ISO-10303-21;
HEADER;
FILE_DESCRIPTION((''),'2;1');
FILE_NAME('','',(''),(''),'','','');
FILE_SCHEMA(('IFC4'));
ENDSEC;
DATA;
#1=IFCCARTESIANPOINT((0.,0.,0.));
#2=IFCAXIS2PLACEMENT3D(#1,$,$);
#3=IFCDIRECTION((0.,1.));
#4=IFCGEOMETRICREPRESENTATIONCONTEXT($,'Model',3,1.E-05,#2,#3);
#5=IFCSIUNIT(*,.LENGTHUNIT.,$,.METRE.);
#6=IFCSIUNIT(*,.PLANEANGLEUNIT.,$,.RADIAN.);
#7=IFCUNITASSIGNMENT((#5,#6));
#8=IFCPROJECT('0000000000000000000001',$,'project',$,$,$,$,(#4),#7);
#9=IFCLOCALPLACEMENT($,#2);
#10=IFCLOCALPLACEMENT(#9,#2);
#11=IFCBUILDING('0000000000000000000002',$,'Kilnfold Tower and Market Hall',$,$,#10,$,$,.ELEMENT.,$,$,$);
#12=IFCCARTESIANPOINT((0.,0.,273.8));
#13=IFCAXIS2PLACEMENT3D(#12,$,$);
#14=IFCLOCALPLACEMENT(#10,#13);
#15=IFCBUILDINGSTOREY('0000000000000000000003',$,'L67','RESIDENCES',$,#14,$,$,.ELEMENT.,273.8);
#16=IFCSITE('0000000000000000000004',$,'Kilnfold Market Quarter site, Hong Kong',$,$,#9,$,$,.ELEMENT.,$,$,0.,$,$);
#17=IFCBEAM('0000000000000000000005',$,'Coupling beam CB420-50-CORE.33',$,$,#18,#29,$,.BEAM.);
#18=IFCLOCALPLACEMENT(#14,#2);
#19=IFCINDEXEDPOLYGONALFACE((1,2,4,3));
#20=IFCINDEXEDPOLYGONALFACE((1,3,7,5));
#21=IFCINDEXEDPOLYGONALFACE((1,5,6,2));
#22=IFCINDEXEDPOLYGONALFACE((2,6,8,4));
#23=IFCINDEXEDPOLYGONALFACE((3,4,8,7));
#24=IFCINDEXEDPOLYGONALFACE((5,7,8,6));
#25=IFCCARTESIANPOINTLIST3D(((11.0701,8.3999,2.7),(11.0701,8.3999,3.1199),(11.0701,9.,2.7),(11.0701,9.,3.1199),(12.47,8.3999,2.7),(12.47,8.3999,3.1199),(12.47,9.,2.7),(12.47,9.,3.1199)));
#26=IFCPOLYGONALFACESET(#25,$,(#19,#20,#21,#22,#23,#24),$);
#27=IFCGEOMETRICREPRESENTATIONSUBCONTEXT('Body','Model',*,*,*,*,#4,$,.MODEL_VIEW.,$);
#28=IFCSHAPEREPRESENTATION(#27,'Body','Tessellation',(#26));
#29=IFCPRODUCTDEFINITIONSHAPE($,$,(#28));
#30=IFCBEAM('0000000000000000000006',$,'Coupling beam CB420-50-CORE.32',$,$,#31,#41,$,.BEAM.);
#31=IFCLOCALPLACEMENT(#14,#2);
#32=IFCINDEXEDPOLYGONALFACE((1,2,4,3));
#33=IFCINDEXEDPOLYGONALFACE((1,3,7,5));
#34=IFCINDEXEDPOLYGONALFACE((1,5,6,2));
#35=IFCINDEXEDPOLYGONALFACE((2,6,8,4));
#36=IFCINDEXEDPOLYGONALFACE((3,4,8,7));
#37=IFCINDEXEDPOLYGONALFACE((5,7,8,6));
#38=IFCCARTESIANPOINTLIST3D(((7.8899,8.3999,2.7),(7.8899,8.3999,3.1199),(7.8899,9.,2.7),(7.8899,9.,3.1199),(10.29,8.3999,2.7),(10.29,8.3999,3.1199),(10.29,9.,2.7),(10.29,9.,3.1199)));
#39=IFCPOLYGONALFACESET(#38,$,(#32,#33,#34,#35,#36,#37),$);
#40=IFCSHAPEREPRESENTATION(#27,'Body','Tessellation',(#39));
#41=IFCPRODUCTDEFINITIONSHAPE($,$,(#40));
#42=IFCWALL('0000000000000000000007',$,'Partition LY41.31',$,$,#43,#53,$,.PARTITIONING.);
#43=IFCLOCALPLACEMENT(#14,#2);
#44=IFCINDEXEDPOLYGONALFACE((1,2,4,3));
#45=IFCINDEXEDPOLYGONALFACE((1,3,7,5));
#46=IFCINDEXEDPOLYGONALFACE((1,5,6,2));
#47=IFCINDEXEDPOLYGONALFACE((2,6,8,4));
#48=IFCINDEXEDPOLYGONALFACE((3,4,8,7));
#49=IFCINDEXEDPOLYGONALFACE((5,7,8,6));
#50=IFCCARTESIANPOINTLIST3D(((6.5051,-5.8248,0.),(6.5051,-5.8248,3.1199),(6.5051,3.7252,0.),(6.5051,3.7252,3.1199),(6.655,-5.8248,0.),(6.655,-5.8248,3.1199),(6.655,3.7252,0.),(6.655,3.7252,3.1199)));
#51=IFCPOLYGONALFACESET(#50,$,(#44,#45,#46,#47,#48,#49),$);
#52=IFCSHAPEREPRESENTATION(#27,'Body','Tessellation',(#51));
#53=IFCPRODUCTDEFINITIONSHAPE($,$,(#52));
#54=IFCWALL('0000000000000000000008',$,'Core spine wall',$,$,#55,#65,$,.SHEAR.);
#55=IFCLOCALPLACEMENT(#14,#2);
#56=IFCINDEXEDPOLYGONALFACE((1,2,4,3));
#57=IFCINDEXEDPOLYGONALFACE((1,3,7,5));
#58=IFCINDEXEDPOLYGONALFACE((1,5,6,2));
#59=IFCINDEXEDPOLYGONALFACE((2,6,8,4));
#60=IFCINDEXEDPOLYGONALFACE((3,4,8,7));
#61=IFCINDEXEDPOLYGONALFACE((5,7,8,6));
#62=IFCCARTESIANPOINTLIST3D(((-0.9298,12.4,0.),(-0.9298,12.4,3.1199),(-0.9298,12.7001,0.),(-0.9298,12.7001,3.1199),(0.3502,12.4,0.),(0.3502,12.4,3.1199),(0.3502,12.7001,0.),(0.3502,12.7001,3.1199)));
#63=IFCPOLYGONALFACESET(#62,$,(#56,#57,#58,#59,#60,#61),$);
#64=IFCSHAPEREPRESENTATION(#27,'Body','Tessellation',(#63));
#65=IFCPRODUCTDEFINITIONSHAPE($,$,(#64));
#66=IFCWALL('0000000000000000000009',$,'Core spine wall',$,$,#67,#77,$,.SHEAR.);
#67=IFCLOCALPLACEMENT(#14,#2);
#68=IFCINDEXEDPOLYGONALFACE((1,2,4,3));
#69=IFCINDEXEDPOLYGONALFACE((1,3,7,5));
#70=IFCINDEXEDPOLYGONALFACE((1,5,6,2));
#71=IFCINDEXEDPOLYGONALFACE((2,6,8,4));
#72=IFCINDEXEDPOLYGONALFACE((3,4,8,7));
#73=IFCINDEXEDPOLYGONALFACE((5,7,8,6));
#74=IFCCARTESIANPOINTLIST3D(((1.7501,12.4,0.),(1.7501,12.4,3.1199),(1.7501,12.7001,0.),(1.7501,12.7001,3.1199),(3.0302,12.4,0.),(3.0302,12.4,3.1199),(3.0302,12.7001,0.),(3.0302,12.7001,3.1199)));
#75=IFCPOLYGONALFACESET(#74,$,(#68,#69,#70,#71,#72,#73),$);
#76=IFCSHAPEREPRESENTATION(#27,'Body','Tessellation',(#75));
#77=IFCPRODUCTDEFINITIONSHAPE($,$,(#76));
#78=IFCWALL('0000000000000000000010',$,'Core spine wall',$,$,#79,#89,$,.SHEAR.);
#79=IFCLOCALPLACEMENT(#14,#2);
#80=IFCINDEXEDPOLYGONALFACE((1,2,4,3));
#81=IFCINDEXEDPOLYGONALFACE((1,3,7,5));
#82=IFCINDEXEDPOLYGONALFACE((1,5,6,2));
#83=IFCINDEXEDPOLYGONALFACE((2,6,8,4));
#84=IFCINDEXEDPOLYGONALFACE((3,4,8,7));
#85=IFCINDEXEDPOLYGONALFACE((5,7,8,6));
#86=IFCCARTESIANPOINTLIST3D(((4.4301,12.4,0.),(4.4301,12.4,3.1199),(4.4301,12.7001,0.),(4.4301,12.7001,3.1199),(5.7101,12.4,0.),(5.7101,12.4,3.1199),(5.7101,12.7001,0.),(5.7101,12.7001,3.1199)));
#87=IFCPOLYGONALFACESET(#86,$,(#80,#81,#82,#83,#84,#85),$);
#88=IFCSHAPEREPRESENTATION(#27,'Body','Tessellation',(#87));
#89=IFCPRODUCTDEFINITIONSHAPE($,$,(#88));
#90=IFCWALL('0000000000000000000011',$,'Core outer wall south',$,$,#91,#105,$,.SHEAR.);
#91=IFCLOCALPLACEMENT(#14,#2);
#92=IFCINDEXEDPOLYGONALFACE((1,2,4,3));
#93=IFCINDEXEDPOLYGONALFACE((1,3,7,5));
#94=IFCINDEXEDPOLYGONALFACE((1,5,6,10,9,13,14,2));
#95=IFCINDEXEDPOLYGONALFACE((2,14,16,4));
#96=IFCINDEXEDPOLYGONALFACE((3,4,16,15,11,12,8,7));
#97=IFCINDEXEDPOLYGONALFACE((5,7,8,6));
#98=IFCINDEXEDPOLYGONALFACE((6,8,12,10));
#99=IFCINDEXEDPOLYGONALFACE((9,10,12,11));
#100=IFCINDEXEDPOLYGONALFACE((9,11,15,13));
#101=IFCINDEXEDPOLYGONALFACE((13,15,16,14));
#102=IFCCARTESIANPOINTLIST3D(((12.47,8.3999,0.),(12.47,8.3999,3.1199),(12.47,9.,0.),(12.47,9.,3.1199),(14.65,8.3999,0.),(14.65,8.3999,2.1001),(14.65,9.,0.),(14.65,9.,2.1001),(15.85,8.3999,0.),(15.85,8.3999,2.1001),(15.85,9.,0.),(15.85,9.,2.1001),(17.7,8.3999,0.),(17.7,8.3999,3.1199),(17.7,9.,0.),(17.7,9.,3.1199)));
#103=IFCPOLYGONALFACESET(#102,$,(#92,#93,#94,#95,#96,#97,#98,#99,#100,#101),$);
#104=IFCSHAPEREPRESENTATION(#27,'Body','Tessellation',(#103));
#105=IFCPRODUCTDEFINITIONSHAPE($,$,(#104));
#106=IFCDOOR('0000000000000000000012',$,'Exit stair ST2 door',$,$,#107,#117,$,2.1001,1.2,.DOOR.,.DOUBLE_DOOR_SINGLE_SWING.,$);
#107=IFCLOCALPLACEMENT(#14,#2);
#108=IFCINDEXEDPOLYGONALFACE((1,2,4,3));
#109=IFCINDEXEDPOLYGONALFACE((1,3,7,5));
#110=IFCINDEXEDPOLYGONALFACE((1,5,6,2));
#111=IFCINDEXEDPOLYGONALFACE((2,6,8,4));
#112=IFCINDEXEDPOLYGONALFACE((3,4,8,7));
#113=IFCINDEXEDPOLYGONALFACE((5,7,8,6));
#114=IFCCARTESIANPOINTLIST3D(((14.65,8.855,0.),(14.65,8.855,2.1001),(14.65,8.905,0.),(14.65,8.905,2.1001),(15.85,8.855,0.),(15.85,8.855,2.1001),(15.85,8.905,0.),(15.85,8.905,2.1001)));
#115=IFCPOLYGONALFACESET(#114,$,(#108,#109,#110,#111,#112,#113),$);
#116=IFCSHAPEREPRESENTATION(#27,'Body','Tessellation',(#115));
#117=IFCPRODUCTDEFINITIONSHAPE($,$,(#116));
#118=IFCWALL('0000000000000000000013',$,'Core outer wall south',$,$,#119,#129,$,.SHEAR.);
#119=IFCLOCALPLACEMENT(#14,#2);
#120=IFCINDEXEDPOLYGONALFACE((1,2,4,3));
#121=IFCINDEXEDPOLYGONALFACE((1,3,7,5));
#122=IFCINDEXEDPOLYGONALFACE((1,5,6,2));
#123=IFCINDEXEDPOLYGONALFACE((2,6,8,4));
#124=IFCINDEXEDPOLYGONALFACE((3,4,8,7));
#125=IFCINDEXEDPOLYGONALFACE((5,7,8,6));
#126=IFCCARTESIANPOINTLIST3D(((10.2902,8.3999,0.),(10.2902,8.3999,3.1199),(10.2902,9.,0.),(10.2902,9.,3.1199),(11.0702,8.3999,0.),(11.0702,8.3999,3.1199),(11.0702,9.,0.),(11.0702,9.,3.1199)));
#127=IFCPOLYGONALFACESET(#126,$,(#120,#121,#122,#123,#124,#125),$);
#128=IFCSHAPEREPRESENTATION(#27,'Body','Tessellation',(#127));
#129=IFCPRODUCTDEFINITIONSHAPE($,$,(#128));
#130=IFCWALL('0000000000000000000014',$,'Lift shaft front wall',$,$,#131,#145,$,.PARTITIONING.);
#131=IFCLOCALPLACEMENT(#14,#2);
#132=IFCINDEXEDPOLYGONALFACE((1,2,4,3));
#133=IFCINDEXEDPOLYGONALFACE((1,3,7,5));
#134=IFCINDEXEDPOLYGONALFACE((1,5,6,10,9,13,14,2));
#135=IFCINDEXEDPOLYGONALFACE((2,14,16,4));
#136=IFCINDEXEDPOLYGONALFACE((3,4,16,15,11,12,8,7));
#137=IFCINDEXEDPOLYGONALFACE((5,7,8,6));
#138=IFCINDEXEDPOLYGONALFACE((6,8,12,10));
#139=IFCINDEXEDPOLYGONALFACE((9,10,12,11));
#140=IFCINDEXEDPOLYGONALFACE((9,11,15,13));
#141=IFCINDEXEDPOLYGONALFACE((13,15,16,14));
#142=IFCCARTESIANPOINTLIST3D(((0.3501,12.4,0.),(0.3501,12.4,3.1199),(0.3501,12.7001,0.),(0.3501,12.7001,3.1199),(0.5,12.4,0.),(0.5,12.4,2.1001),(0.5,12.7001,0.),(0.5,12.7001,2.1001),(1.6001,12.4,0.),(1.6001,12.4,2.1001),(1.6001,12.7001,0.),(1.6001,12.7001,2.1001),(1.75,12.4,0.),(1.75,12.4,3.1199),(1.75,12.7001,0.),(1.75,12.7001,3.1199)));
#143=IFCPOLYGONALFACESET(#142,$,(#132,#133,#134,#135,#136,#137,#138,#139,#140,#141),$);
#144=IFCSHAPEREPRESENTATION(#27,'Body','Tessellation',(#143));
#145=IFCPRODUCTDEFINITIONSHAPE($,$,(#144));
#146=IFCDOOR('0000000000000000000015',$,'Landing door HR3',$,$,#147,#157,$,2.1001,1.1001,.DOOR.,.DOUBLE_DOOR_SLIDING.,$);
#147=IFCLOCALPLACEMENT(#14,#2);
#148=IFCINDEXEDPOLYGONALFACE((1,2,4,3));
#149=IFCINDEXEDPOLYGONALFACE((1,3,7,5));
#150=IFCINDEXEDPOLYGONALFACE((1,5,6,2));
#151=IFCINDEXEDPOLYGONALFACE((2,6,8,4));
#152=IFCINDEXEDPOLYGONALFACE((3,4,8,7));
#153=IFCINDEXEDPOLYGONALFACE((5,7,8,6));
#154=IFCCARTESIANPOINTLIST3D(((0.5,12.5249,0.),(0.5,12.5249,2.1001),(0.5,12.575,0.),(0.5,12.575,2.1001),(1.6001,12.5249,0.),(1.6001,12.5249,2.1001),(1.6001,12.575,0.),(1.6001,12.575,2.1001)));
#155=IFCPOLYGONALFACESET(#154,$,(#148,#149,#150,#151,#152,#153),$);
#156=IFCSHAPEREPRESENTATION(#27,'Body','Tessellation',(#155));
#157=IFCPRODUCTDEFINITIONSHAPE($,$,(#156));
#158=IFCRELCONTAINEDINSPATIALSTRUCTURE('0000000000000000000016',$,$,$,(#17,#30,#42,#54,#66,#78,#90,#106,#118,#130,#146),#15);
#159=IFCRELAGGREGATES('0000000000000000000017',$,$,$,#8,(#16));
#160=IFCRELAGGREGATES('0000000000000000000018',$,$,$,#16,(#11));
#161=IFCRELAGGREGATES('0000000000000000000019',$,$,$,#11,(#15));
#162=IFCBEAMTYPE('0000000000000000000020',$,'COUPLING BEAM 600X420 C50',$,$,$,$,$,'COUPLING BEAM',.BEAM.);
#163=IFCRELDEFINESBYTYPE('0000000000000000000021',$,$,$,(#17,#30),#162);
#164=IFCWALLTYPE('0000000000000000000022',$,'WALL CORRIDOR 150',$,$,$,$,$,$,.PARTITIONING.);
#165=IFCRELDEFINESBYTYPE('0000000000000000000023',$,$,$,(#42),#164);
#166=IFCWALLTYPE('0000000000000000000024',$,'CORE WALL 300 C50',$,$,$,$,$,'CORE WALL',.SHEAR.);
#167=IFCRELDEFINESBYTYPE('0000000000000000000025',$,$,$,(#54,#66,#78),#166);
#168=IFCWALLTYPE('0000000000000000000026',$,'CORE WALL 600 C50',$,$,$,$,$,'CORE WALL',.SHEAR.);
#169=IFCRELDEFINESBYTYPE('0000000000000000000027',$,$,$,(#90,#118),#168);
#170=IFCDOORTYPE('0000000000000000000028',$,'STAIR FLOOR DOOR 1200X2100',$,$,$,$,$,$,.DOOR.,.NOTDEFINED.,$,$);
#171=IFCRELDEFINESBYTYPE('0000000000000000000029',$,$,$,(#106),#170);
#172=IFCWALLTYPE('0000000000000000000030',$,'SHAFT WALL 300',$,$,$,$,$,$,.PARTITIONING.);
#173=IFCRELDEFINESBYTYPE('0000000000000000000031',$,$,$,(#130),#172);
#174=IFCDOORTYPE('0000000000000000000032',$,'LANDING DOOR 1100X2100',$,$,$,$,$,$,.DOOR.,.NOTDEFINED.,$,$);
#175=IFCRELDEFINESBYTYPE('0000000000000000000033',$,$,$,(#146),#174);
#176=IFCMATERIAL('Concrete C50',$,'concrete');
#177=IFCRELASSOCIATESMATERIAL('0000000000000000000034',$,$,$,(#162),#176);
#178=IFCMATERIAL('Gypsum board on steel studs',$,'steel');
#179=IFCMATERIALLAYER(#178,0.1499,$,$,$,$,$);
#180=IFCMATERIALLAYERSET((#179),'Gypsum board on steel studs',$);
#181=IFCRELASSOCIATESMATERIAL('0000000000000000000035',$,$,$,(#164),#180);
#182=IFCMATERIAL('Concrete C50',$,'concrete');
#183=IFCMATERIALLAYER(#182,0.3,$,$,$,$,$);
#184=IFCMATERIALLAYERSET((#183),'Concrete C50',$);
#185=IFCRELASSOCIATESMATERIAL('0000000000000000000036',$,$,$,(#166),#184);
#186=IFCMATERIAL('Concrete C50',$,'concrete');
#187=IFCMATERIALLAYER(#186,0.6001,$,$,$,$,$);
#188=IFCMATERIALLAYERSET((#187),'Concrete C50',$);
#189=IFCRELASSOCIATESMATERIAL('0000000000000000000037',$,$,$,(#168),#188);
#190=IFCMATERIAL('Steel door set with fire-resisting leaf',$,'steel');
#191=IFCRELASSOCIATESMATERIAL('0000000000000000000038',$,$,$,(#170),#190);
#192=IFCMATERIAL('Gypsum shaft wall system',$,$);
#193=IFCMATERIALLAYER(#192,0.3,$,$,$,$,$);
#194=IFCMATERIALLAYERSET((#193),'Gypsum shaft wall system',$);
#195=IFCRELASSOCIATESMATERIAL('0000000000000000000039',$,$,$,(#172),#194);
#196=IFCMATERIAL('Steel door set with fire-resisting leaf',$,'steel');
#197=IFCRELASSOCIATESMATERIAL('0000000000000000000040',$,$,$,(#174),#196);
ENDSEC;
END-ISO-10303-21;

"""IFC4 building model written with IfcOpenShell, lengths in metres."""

from ifc_helpers import new_model, si_unit, direction, frame, frame_2d, origin, origin_2d, place, context, subcontext, project, spatial, rectangle, extrude, source, transform, mapped, material, layer, layer_set, material_profile, profile_set, type_object, element, fill, save


model = new_model("IFC4")

# Units and contexts
model_context = context("Model", 3, precision=1e-05, world=origin(), true_north=direction((0.0, 1.0)))
body_context = subcontext(model_context, "Body", "Model", "MODEL_VIEW")
ifc_project = project(units=[si_unit("LENGTHUNIT", "METRE"), si_unit("PLANEANGLEUNIT", "RADIAN")], contexts=[model_context])

# Site, building, storey
site_placement = place(None, origin())
site = spatial("IfcSite", under=ifc_project, at=site_placement, Name="Kilnfold Market Quarter site, Hong Kong", CompositionType="ELEMENT", RefElevation=0.0)
building_placement = place(site_placement, origin())
building = spatial("IfcBuilding", under=site, at=building_placement, Name="Kilnfold Tower and Market Hall", CompositionType="ELEMENT")
storey_placement = place(building_placement, frame((0.0, 0.0, 273.8)))
storey = spatial("IfcBuildingStorey", under=building, at=storey_placement, Name="L67", Description="RESIDENCES", CompositionType="ELEMENT", Elevation=273.8)

# Beams
ifc_material_1 = material(Name="Concrete C50", Category="concrete")
ifc_material_profile = material_profile(ifc_material_1, rectangle(XDim=0.6001, YDim=0.4199, at=origin_2d()), Name="RC 600x420")
ifc_profile_set = profile_set([ifc_material_profile], Name="Concrete C50")
beam_type = type_object("IfcBeamType", Name="COUPLING BEAM 600X420 C50", ElementType="COUPLING BEAM", PredefinedType="BEAM", material=ifc_profile_set)
shared_shape_1 = source(origin(), body_context, "Body", "SweptSolid", [
    extrude(rectangle(XDim=0.6001, YDim=0.4199, at=origin_2d()), origin(), (0.0, 0.0, 1.0), 1.3999),
])
beam_1_placement = place(storey_placement, frame((11.0701, 8.7, 2.9099), z_axis=(1.0, 0.0, 0.0), x_axis=(0.0, 1.0, 0.0)))
element("IfcBeam", 1, at=beam_1_placement, inside=storey, type_object=beam_type, Name="Coupling beam CB420-50-CORE.33", PredefinedType="BEAM", context=body_context, shape_type="MappedRepresentation", body=[
    mapped(shared_shape_1, transform((0.0, 0.0, 0.0))),
])
shared_shape_2 = source(origin(), body_context, "Body", "SweptSolid", [
    extrude(rectangle(XDim=0.6001, YDim=0.4199, at=origin_2d()), origin(), (0.0, 0.0, 1.0), 2.4001),
])
beam_2_placement = place(storey_placement, frame((7.8899, 8.7, 2.9099), z_axis=(1.0, 0.0, 0.0), x_axis=(0.0, 1.0, 0.0)))
element("IfcBeam", 2, at=beam_2_placement, inside=storey, type_object=beam_type, Name="Coupling beam CB420-50-CORE.32", PredefinedType="BEAM", context=body_context, shape_type="MappedRepresentation", body=[
    mapped(shared_shape_2, transform((0.0, 0.0, 0.0))),
])

# Walls
ifc_material_2 = material(Name="Gypsum board on steel studs", Category="steel")
ifc_layer_1 = layer(ifc_material_2, 0.1499)
ifc_layer_set_1 = layer_set([ifc_layer_1], Name="Gypsum board on steel studs")
wall_type_1 = type_object("IfcWallType", Name="WALL CORRIDOR 150", PredefinedType="PARTITIONING", material=ifc_layer_set_1)
wall_1_placement = place(storey_placement, frame((6.5801, 3.7251, 0.0), z_axis=(0.0, 0.0, 1.0), x_axis=(0.0, -1.0, 0.0)))
element("IfcWall", 3, at=wall_1_placement, inside=storey, type_object=wall_type_1, Name="Partition LY41.31", PredefinedType="PARTITIONING", context=body_context, shape_type="SweptSolid", body=[
    extrude(rectangle(XDim=9.55, YDim=0.1499, at=frame_2d((4.7749, 0.0))), origin(), (0.0, 0.0, 1.0), 3.1199),
])
ifc_material_3 = material(Name="Concrete C50", Category="concrete")
ifc_layer_2 = layer(ifc_material_3, 0.3)
ifc_layer_set_2 = layer_set([ifc_layer_2], Name="Concrete C50")
wall_type_2 = type_object("IfcWallType", Name="CORE WALL 300 C50", ElementType="CORE WALL", PredefinedType="SHEAR", material=ifc_layer_set_2)
shared_shape_3 = source(origin(), body_context, "Body", "SweptSolid", [
    extrude(rectangle(XDim=1.28, YDim=0.3, at=frame_2d((0.6401, 0.0))), origin(), (0.0, 0.0, 1.0), 3.1199),
])
for number, where, z_axis, x_axis, name in (
    (4, (-0.9299, 12.55, 0.0), (0.0, 0.0, 1.0), (1.0, 0.0, 0.0), "Core spine wall"),
    (5, (1.75, 12.55, 0.0), (0.0, 0.0, 1.0), (1.0, 0.0, 0.0), "Core spine wall"),
    (6, (4.4299, 12.55, 0.0), (0.0, 0.0, 1.0), (1.0, 0.0, 0.0), "Core spine wall"),
):
    element("IfcWall", number, at=place(storey_placement, frame(where, z_axis=z_axis, x_axis=x_axis)), inside=storey, type_object=wall_type_2, Name=name, PredefinedType="SHEAR", context=body_context, shape_type="MappedRepresentation", body=[
        mapped(shared_shape_3, transform((0.0, 0.0, 0.0))),
    ])

# Wall, opening, door
ifc_material_4 = material(Name="Concrete C50", Category="concrete")
ifc_layer_3 = layer(ifc_material_4, 0.6001)
ifc_layer_set_3 = layer_set([ifc_layer_3], Name="Concrete C50")
wall_type_3 = type_object("IfcWallType", Name="CORE WALL 600 C50", ElementType="CORE WALL", PredefinedType="SHEAR", material=ifc_layer_set_3)
shared_shape_4 = source(origin(), body_context, "Body", "SweptSolid", [
    extrude(rectangle(XDim=5.23, YDim=0.6001, at=frame_2d((2.615, 0.0))), origin(), (0.0, 0.0, 1.0), 3.1199),
])
wall_2_placement = place(storey_placement, frame((12.47, 8.7, 0.0), z_axis=(0.0, 0.0, 1.0), x_axis=(1.0, 0.0, 0.0)))
wall_2 = element("IfcWall", 7, at=wall_2_placement, inside=storey, type_object=wall_type_3, Name="Core outer wall south", PredefinedType="SHEAR", context=body_context, shape_type="MappedRepresentation", body=[
    mapped(shared_shape_4, transform((0.0, 0.0, 0.0))),
])
opening_1_placement = place(wall_2_placement, frame((2.1799, 0.0, 0.0)))
opening_1 = element("IfcOpeningElement", 8, at=opening_1_placement, cuts=wall_2, PredefinedType="OPENING", context=body_context, shape_type="SweptSolid", body=[
    extrude(rectangle(XDim=1.2, YDim=2.1001, at=frame_2d((0.6001, 1.05))), frame((0.0, 0.3101, 0.0), z_axis=(0.0, -1.0, 0.0), x_axis=(1.0, 0.0, 0.0)), (0.0, 0.0, 1.0), 0.6201),
])
ifc_material_5 = material(Name="Steel door set with fire-resisting leaf", Category="steel")
door_type_1 = type_object("IfcDoorType", Name="STAIR FLOOR DOOR 1200X2100", OperationType="NOTDEFINED", PredefinedType="DOOR", material=ifc_material_5)
door_1_placement = place(opening_1_placement, origin())
door_1 = element("IfcDoor", 9, at=door_1_placement, inside=storey, type_object=door_type_1, Name="Exit stair ST2 door", OperationType="DOUBLE_DOOR_SINGLE_SWING", OverallHeight=2.1001, OverallWidth=1.2, PredefinedType="DOOR", context=body_context, shape_type="SweptSolid", body=[
    extrude(rectangle(XDim=1.2, YDim=2.1001, at=frame_2d((0.6001, 1.05))), frame((0.0, 0.2051, 0.0), z_axis=(0.0, -1.0, 0.0), x_axis=(1.0, 0.0, 0.0)), (0.0, 0.0, 1.0), 0.05),
])
fill(opening_1, door_1)

# Wall
shared_shape_5 = source(origin(), body_context, "Body", "SweptSolid", [
    extrude(rectangle(XDim=0.78, YDim=0.6001, at=frame_2d((0.3901, 0.0))), origin(), (0.0, 0.0, 1.0), 3.1199),
])
wall_3_placement = place(storey_placement, frame((10.29, 8.7, 0.0), z_axis=(0.0, 0.0, 1.0), x_axis=(1.0, 0.0, 0.0)))
element("IfcWall", 10, at=wall_3_placement, inside=storey, type_object=wall_type_3, Name="Core outer wall south", PredefinedType="SHEAR", context=body_context, shape_type="MappedRepresentation", body=[
    mapped(shared_shape_5, transform((0.0, 0.0, 0.0))),
])

# Wall, opening, door
ifc_material_6 = material(Name="Gypsum shaft wall system")
ifc_layer_4 = layer(ifc_material_6, 0.3)
ifc_layer_set_4 = layer_set([ifc_layer_4], Name="Gypsum shaft wall system")
wall_type_4 = type_object("IfcWallType", Name="SHAFT WALL 300", PredefinedType="PARTITIONING", material=ifc_layer_set_4)
shared_shape_6 = source(origin(), body_context, "Body", "SweptSolid", [
    extrude(rectangle(XDim=1.3999, YDim=0.3, at=frame_2d((0.7, 0.0))), origin(), (0.0, 0.0, 1.0), 3.1199),
])
wall_4_placement = place(storey_placement, frame((0.3501, 12.55, 0.0), z_axis=(0.0, 0.0, 1.0), x_axis=(1.0, 0.0, 0.0)))
wall_4 = element("IfcWall", 11, at=wall_4_placement, inside=storey, type_object=wall_type_4, Name="Lift shaft front wall", PredefinedType="PARTITIONING", context=body_context, shape_type="MappedRepresentation", body=[
    mapped(shared_shape_6, transform((0.0, 0.0, 0.0))),
])
opening_2_placement = place(wall_4_placement, frame((0.1499, 0.0, 0.0)))
opening_2 = element("IfcOpeningElement", 12, at=opening_2_placement, cuts=wall_4, PredefinedType="OPENING", context=body_context, shape_type="SweptSolid", body=[
    extrude(rectangle(XDim=1.1001, YDim=2.1001, at=frame_2d((0.55, 1.05))), frame((0.0, 0.1602, 0.0), z_axis=(0.0, -1.0, 0.0), x_axis=(1.0, 0.0, 0.0)), (0.0, 0.0, 1.0), 0.3201),
])
ifc_material_7 = material(Name="Steel door set with fire-resisting leaf", Category="steel")
door_type_2 = type_object("IfcDoorType", Name="LANDING DOOR 1100X2100", OperationType="NOTDEFINED", PredefinedType="DOOR", material=ifc_material_7)
door_2_placement = place(opening_2_placement, origin())
door_2 = element("IfcDoor", 13, at=door_2_placement, inside=storey, type_object=door_type_2, Name="Landing door HR3", OperationType="DOUBLE_DOOR_SLIDING", OverallHeight=2.1001, OverallWidth=1.1001, PredefinedType="DOOR", context=body_context, shape_type="SweptSolid", body=[
    extrude(rectangle(XDim=1.1001, YDim=2.1001, at=frame_2d((0.55, 1.05))), frame((0.0, 0.0249, 0.0), z_axis=(0.0, -1.0, 0.0), x_axis=(1.0, 0.0, 0.0)), (0.0, 0.0, 1.0), 0.05),
])
fill(opening_2, door_2)

save(model, "model.ifc")
